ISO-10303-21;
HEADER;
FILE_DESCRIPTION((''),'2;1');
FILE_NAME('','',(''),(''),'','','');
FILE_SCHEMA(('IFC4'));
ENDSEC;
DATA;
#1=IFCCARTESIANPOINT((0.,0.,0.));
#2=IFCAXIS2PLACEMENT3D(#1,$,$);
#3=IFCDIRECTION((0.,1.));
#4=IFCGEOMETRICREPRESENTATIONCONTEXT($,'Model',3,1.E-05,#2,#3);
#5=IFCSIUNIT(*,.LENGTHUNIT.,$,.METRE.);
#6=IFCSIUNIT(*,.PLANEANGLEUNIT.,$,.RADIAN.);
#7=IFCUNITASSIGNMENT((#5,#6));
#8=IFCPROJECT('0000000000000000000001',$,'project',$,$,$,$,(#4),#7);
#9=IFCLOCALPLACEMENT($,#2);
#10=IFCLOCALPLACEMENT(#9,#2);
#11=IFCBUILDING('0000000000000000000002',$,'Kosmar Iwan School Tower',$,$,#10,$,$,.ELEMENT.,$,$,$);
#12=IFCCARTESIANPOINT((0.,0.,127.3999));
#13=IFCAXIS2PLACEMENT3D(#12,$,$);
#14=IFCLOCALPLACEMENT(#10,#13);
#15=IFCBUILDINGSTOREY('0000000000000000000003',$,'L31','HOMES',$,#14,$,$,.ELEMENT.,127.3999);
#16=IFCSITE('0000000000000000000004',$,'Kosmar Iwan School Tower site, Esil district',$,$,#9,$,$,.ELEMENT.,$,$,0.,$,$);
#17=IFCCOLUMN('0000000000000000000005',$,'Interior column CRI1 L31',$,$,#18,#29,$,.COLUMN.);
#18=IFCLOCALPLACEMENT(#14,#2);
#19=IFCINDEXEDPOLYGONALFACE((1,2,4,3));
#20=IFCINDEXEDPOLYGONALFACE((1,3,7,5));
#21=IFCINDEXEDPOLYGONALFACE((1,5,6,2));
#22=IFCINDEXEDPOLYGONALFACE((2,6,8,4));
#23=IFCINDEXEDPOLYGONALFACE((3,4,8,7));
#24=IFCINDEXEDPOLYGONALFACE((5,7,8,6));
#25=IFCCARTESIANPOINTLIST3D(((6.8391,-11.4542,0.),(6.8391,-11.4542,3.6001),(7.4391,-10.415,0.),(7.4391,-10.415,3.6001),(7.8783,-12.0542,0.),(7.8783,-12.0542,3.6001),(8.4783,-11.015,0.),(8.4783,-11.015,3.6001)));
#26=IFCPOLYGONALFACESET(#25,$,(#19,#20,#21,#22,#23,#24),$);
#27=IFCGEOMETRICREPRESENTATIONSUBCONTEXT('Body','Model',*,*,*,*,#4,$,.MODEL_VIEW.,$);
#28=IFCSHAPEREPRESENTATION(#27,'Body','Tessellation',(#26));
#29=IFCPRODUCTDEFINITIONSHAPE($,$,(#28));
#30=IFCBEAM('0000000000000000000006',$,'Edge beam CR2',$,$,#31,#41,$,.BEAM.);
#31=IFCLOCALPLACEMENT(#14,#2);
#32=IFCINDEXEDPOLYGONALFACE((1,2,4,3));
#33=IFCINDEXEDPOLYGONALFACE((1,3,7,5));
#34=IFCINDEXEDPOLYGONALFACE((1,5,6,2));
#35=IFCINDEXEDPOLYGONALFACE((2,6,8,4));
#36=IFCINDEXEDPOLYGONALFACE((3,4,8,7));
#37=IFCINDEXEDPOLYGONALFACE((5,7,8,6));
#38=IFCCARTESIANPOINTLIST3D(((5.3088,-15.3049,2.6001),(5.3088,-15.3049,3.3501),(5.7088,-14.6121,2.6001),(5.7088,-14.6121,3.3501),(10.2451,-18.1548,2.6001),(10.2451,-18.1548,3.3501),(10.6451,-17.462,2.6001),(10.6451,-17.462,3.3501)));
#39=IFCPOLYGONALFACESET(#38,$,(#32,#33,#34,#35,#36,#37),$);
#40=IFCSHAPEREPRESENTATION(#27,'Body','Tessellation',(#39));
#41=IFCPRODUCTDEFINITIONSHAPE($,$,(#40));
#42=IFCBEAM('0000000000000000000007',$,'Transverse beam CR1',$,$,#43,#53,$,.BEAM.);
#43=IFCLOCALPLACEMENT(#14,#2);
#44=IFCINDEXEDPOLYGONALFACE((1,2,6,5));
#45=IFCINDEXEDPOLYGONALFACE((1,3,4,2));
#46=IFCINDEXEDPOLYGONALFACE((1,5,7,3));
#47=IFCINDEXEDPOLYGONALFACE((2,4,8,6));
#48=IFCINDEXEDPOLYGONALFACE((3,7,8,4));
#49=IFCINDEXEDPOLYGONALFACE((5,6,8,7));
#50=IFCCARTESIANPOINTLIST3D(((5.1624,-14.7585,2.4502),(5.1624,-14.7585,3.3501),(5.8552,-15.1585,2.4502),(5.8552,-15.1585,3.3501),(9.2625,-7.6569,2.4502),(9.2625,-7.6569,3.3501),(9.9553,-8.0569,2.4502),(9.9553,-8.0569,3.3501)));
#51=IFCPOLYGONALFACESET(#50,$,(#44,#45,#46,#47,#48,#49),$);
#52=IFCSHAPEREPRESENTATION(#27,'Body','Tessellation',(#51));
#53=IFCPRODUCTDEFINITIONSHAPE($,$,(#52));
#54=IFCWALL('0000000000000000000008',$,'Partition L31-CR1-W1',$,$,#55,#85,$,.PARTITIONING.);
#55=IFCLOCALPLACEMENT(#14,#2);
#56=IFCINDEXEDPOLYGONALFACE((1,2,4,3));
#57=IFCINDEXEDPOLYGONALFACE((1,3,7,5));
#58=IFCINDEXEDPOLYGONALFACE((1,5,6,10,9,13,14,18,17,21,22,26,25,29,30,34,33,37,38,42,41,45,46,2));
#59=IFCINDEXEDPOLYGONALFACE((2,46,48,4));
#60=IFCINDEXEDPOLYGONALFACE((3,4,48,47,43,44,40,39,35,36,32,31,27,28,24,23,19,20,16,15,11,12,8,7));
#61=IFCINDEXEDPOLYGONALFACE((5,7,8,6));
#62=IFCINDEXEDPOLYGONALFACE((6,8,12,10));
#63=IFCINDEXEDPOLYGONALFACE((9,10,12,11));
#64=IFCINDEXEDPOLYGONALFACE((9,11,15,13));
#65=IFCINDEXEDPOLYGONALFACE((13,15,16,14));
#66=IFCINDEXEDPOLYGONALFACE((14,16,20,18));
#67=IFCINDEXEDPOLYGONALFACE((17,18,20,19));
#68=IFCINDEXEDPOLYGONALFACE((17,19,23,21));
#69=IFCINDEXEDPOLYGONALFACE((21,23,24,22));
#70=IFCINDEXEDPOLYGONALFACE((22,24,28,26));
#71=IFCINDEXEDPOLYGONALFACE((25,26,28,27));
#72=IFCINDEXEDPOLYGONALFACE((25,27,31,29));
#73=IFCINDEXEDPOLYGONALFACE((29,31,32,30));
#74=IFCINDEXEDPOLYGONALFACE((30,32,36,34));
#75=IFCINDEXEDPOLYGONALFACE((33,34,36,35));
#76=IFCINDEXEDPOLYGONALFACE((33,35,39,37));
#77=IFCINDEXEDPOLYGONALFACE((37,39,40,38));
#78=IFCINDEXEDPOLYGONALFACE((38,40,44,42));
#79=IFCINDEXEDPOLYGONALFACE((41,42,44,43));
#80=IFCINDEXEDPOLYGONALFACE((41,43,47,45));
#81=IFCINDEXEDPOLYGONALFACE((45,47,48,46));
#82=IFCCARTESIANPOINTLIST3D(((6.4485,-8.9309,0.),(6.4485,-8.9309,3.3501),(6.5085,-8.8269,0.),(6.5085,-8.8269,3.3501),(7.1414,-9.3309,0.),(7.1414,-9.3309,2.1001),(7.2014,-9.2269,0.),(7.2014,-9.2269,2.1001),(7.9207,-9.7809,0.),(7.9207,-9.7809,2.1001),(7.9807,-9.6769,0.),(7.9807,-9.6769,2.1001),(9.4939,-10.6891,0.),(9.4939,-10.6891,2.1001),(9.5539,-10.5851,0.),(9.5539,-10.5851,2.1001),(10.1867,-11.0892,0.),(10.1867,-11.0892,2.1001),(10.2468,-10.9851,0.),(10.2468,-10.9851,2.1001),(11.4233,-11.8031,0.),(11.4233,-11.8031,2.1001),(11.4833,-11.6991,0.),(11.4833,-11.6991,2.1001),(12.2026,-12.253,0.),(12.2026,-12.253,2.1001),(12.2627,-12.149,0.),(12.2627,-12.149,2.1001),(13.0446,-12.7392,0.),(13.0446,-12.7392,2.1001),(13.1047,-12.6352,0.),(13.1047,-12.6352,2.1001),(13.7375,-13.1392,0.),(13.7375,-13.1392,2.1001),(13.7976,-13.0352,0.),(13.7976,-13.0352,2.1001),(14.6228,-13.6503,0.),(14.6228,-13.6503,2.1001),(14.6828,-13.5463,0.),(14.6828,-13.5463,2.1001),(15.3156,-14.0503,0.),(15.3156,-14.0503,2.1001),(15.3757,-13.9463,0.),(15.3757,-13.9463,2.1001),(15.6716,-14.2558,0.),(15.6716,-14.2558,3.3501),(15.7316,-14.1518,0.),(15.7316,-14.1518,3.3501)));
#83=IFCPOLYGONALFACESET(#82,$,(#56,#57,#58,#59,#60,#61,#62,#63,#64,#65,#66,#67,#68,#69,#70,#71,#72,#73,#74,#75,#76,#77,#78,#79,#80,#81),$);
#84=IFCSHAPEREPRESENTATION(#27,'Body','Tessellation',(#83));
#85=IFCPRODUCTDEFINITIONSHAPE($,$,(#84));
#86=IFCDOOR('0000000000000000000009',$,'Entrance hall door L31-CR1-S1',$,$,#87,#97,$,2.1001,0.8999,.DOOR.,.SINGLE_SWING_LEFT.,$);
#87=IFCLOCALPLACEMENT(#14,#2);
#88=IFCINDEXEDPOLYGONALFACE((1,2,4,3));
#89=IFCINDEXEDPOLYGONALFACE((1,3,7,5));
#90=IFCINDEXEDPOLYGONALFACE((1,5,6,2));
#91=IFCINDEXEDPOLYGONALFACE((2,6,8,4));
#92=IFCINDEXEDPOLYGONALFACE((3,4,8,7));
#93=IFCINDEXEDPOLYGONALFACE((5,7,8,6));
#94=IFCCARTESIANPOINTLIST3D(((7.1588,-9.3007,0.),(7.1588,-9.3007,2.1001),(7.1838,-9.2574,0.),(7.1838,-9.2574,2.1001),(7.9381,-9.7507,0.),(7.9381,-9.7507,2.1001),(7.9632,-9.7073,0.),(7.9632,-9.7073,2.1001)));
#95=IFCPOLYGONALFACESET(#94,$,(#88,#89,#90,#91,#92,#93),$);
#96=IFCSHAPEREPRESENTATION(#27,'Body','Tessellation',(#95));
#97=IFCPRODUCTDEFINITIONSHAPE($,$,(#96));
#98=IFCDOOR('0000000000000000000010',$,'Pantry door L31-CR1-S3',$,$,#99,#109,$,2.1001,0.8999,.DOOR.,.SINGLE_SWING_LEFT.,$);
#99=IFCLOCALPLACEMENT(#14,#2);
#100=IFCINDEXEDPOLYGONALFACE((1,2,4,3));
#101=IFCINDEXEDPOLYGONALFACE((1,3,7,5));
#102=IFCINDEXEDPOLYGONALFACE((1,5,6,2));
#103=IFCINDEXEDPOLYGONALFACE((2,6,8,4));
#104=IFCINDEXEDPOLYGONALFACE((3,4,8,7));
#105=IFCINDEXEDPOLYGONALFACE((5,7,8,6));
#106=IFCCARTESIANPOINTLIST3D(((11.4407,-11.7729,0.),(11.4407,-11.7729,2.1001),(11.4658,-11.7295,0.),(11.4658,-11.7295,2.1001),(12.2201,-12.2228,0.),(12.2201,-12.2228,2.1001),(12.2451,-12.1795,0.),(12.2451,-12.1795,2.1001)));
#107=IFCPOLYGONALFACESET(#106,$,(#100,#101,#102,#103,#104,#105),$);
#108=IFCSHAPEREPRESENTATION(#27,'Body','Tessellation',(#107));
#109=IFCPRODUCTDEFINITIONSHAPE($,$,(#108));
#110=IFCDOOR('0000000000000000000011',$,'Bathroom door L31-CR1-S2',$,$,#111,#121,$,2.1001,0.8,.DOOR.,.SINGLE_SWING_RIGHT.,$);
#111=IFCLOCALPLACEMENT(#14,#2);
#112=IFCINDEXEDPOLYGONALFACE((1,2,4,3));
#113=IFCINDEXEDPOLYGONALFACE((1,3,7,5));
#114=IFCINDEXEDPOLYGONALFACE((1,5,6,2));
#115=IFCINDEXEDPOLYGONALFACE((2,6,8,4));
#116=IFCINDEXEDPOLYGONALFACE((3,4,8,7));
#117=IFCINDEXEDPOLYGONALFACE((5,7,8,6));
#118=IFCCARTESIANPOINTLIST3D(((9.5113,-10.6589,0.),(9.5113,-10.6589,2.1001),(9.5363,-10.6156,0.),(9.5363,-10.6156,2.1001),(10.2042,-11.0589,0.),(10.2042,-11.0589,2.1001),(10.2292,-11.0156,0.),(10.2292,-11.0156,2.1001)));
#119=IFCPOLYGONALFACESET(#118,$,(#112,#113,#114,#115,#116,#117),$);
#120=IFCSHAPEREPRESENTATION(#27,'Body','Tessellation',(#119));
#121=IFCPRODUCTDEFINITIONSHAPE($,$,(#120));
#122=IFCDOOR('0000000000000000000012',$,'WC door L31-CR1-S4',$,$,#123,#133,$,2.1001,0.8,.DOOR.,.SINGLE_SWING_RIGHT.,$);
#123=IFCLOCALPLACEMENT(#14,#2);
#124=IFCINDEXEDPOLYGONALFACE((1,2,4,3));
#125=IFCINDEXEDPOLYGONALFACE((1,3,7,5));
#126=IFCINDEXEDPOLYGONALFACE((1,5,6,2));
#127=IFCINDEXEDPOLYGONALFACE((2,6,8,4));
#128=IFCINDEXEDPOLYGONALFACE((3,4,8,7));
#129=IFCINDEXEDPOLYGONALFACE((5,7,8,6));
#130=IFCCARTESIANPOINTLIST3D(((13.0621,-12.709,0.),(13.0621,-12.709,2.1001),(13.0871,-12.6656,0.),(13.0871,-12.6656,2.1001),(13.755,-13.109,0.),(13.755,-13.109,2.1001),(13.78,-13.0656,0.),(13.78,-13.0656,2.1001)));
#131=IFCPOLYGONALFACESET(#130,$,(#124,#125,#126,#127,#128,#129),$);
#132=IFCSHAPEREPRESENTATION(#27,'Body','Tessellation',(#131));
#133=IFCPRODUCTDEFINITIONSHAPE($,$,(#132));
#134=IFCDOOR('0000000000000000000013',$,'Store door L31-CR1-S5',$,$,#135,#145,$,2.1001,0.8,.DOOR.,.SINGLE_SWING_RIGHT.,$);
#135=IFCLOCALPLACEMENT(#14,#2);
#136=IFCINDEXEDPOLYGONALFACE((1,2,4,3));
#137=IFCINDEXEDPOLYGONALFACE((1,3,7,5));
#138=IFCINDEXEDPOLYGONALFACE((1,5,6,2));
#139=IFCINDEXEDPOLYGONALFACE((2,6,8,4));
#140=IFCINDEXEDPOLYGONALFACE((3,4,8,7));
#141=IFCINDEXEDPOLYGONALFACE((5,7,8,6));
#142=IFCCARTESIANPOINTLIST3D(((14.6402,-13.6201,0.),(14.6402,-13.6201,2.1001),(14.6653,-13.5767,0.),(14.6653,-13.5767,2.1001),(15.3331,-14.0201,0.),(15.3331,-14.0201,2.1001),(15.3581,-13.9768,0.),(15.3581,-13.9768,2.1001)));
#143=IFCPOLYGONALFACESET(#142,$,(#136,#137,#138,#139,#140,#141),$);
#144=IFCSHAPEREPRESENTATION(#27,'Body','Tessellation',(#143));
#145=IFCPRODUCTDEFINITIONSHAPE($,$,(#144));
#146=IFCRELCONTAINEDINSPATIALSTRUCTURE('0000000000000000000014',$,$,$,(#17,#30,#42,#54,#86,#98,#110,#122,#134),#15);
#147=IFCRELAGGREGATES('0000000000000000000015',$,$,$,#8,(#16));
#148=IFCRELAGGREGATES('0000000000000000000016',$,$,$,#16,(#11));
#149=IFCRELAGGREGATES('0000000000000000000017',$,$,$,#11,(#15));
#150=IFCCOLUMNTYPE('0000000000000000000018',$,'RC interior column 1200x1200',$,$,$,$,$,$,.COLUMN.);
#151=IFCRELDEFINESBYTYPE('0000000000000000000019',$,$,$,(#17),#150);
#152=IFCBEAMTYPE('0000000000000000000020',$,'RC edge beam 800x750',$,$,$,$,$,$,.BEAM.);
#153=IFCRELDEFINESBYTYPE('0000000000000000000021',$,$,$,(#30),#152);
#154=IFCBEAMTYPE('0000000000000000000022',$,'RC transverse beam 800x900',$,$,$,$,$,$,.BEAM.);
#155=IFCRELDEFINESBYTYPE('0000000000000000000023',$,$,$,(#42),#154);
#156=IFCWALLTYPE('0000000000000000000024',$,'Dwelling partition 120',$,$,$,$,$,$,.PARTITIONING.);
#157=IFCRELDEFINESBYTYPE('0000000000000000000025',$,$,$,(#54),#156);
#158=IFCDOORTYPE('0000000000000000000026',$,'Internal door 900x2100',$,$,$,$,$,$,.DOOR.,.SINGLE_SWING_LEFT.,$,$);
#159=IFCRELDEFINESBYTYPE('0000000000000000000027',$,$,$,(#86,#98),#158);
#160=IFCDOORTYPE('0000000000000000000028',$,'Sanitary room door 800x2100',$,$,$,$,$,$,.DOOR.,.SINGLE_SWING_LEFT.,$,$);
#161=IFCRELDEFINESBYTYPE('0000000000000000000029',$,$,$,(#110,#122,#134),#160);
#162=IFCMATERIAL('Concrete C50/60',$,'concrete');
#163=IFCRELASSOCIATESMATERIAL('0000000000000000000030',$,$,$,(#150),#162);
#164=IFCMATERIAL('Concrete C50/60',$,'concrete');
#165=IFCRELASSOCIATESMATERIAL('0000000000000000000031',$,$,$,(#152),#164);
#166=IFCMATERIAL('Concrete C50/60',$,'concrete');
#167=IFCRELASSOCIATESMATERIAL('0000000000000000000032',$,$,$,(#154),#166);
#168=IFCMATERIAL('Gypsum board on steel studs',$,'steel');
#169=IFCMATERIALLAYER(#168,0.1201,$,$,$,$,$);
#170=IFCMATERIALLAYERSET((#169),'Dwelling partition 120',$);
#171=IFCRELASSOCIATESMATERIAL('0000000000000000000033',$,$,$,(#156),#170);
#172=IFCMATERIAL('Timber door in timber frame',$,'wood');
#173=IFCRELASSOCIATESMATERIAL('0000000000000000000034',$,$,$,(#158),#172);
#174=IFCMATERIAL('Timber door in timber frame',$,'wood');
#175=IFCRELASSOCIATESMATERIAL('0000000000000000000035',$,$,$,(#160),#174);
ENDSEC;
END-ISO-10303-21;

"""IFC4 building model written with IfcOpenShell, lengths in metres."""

from ifc_helpers import new_model, si_unit, direction, frame, frame_2d, origin, origin_2d, place, context, subcontext, project, spatial, rectangle, extrude, material, layer, layer_set, material_profile, profile_set, type_object, element, fill, save


model = new_model("IFC4")

# Units and contexts
model_context = context("Model", 3, precision=1e-05, world=origin(), true_north=direction((0.0, 1.0)))
body_context = subcontext(model_context, "Body", "Model", "MODEL_VIEW")
ifc_project = project(units=[si_unit("LENGTHUNIT", "METRE"), si_unit("PLANEANGLEUNIT", "RADIAN")], contexts=[model_context])

# Site, building, storey
site_placement = place(None, origin())
site = spatial("IfcSite", under=ifc_project, at=site_placement, Name="Kosmar Iwan School Tower site, Esil district", CompositionType="ELEMENT", RefElevation=0.0)
building_placement = place(site_placement, origin())
building = spatial("IfcBuilding", under=site, at=building_placement, Name="Kosmar Iwan School Tower", CompositionType="ELEMENT")
storey_placement = place(building_placement, frame((0.0, 0.0, 127.3999)))
storey = spatial("IfcBuildingStorey", under=building, at=storey_placement, Name="L31", Description="HOMES", CompositionType="ELEMENT", Elevation=127.3999)

# Column
ifc_material_1 = material(Name="Concrete C50/60", Category="concrete")
ifc_material_profile_1 = material_profile(ifc_material_1, rectangle(XDim=1.2, YDim=1.2, at=origin_2d()), Name="RC 1200x1200")
ifc_profile_set_1 = profile_set([ifc_material_profile_1], Name="Concrete C50/60")
column_type = type_object("IfcColumnType", Name="RC interior column 1200x1200", PredefinedType="COLUMN", material=ifc_profile_set_1)
column_placement = place(storey_placement, frame((7.6587, -11.2346, 0.0), z_axis=(0.0, 0.0, 1.0), x_axis=(0.866025, -0.5, 0.0)))
element("IfcColumn", 1, at=column_placement, inside=storey, type_object=column_type, Name="Interior column CRI1 L31", PredefinedType="COLUMN", context=body_context, shape_type="SweptSolid", body=[
    extrude(rectangle(XDim=1.2, YDim=1.2, at=origin_2d()), origin(), (0.0, 0.0, 1.0), 3.6001),
])

# Beams
ifc_material_2 = material(Name="Concrete C50/60", Category="concrete")
ifc_material_profile_2 = material_profile(ifc_material_2, rectangle(XDim=0.8, YDim=0.75, at=origin_2d()), Name="RC 800x750")
ifc_profile_set_2 = profile_set([ifc_material_profile_2], Name="Concrete C50/60")
beam_type_1 = type_object("IfcBeamType", Name="RC edge beam 800x750", PredefinedType="BEAM", material=ifc_profile_set_2)
beam_1_placement = place(storey_placement, frame((5.5088, -14.9585, 2.9751), z_axis=(0.866034, -0.499986, 0.0), x_axis=(0.499986, 0.866034, 0.0)))
element("IfcBeam", 2, at=beam_1_placement, inside=storey, type_object=beam_type_1, Name="Edge beam CR2", PredefinedType="BEAM", context=body_context, shape_type="SweptSolid", body=[
    extrude(rectangle(XDim=0.8, YDim=0.75, at=origin_2d()), origin(), (0.0, 0.0, 1.0), 5.7),
])
ifc_material_3 = material(Name="Concrete C50/60", Category="concrete")
ifc_material_profile_3 = material_profile(ifc_material_3, rectangle(XDim=0.8, YDim=0.8999, at=origin_2d()), Name="RC 800x900")
ifc_profile_set_3 = profile_set([ifc_material_profile_3], Name="Concrete C50/60")
beam_type_2 = type_object("IfcBeamType", Name="RC transverse beam 800x900", PredefinedType="BEAM", material=ifc_profile_set_3)
beam_2_placement = place(storey_placement, frame((5.5088, -14.9585, 2.9001), z_axis=(0.500001, 0.866025, 0.0), x_axis=(-0.866025, 0.500001, 0.0)))
element("IfcBeam", 3, at=beam_2_placement, inside=storey, type_object=beam_type_2, Name="Transverse beam CR1", PredefinedType="BEAM", context=body_context, shape_type="SweptSolid", body=[
    extrude(rectangle(XDim=0.8, YDim=0.8999, at=origin_2d()), origin(), (0.0, 0.0, 1.0), 8.2002),
])

# Wall, openings, doors
ifc_material_4 = material(Name="Gypsum board on steel studs", Category="steel")
ifc_layer = layer(ifc_material_4, 0.1201)
ifc_layer_set = layer_set([ifc_layer], Name="Dwelling partition 120")
wall_type = type_object("IfcWallType", Name="Dwelling partition 120", PredefinedType="PARTITIONING", material=ifc_layer_set)
wall_1_placement = place(storey_placement, frame((6.4785, -8.8789, 0.0), z_axis=(0.0, 0.0, 1.0), x_axis=(0.866027, -0.499998, 0.0)))
wall_1 = element("IfcWall", 4, at=wall_1_placement, inside=storey, type_object=wall_type, Name="Partition L31-CR1-W1", PredefinedType="PARTITIONING", context=body_context, shape_type="SweptSolid", body=[
    extrude(rectangle(XDim=10.6499, YDim=0.1201, at=frame_2d((5.325, 0.0))), origin(), (0.0, 0.0, 1.0), 3.3501),
])
opening_1_placement = place(wall_1_placement, frame((0.8, 0.0, 0.0)))
opening_1 = element("IfcOpeningElement", 5, at=opening_1_placement, cuts=wall_1, PredefinedType="OPENING", context=body_context, shape_type="SweptSolid", body=[
    extrude(rectangle(XDim=0.8999, YDim=2.1001, at=frame_2d((0.45, 1.05))), frame((0.0, 0.072, 0.0), z_axis=(0.0, -1.0, 0.0), x_axis=(1.0, 0.0, 0.0)), (0.0, 0.0, 1.0), 0.144),
])
opening_2_placement = place(wall_1_placement, frame((3.5166, 0.0, 0.0)))
opening_2 = element("IfcOpeningElement", 6, at=opening_2_placement, cuts=wall_1, PredefinedType="OPENING", context=body_context, shape_type="SweptSolid", body=[
    extrude(rectangle(XDim=0.8, YDim=2.1001, at=frame_2d((0.3999, 1.05))), frame((0.0, 0.072, 0.0), z_axis=(0.0, -1.0, 0.0), x_axis=(1.0, 0.0, 0.0)), (0.0, 0.0, 1.0), 0.144),
])
opening_3_placement = place(wall_1_placement, frame((5.7444, 0.0, 0.0)))
opening_3 = element("IfcOpeningElement", 7, at=opening_3_placement, cuts=wall_1, PredefinedType="OPENING", context=body_context, shape_type="SweptSolid", body=[
    extrude(rectangle(XDim=0.8999, YDim=2.1001, at=frame_2d((0.45, 1.05))), frame((0.0, 0.072, 0.0), z_axis=(0.0, -1.0, 0.0), x_axis=(1.0, 0.0, 0.0)), (0.0, 0.0, 1.0), 0.144),
])
opening_4_placement = place(wall_1_placement, frame((7.6167, 0.0, 0.0)))
opening_4 = element("IfcOpeningElement", 8, at=opening_4_placement, cuts=wall_1, PredefinedType="OPENING", context=body_context, shape_type="SweptSolid", body=[
    extrude(rectangle(XDim=0.8, YDim=2.1001, at=frame_2d((0.3999, 1.05))), frame((0.0, 0.072, 0.0), z_axis=(0.0, -1.0, 0.0), x_axis=(1.0, 0.0, 0.0)), (0.0, 0.0, 1.0), 0.144),
])
opening_5_placement = place(wall_1_placement, frame((9.439, 0.0, 0.0)))
opening_5 = element("IfcOpeningElement", 9, at=opening_5_placement, cuts=wall_1, PredefinedType="OPENING", context=body_context, shape_type="SweptSolid", body=[
    extrude(rectangle(XDim=0.8, YDim=2.1001, at=frame_2d((0.3999, 1.05))), frame((0.0, 0.072, 0.0), z_axis=(0.0, -1.0, 0.0), x_axis=(1.0, 0.0, 0.0)), (0.0, 0.0, 1.0), 0.144),
])
ifc_material_5 = material(Name="Timber door in timber frame", Category="wood")
door_type_1 = type_object("IfcDoorType", Name="Internal door 900x2100", OperationType="SINGLE_SWING_LEFT", PredefinedType="DOOR", material=ifc_material_5)
door_1_placement = place(opening_1_placement, origin())
door_1 = element("IfcDoor", 10, at=door_1_placement, inside=storey, type_object=door_type_1, Name="Entrance hall door L31-CR1-S1", OperationType="SINGLE_SWING_LEFT", OverallHeight=2.1001, OverallWidth=0.8999, PredefinedType="DOOR", context=body_context, shape_type="SweptSolid", body=[
    extrude(rectangle(XDim=0.8999, YDim=2.1001, at=frame_2d((0.45, 1.05))), frame((0.0, 0.0249, 0.0), z_axis=(0.0, -1.0, 0.0), x_axis=(1.0, 0.0, 0.0)), (0.0, 0.0, 1.0), 0.05),
])
fill(opening_1, door_1)
door_2_placement = place(opening_3_placement, origin())
door_2 = element("IfcDoor", 11, at=door_2_placement, inside=storey, type_object=door_type_1, Name="Pantry door L31-CR1-S3", OperationType="SINGLE_SWING_LEFT", OverallHeight=2.1001, OverallWidth=0.8999, PredefinedType="DOOR", context=body_context, shape_type="SweptSolid", body=[
    extrude(rectangle(XDim=0.8999, YDim=2.1001, at=frame_2d((0.45, 1.05))), frame((0.0, 0.0249, 0.0), z_axis=(0.0, -1.0, 0.0), x_axis=(1.0, 0.0, 0.0)), (0.0, 0.0, 1.0), 0.05),
])
fill(opening_3, door_2)
ifc_material_6 = material(Name="Timber door in timber frame", Category="wood")
door_type_2 = type_object("IfcDoorType", Name="Sanitary room door 800x2100", OperationType="SINGLE_SWING_LEFT", PredefinedType="DOOR", material=ifc_material_6)
door_3_placement = place(opening_2_placement, origin())
door_3 = element("IfcDoor", 12, at=door_3_placement, inside=storey, type_object=door_type_2, Name="Bathroom door L31-CR1-S2", OperationType="SINGLE_SWING_RIGHT", OverallHeight=2.1001, OverallWidth=0.8, PredefinedType="DOOR", context=body_context, shape_type="SweptSolid", body=[
    extrude(rectangle(XDim=0.8, YDim=2.1001, at=frame_2d((0.3999, 1.05))), frame((0.0, 0.0249, 0.0), z_axis=(0.0, -1.0, 0.0), x_axis=(1.0, 0.0, 0.0)), (0.0, 0.0, 1.0), 0.05),
])
fill(opening_2, door_3)
door_4_placement = place(opening_4_placement, origin())
door_4 = element("IfcDoor", 13, at=door_4_placement, inside=storey, type_object=door_type_2, Name="WC door L31-CR1-S4", OperationType="SINGLE_SWING_RIGHT", OverallHeight=2.1001, OverallWidth=0.8, PredefinedType="DOOR", context=body_context, shape_type="SweptSolid", body=[
    extrude(rectangle(XDim=0.8, YDim=2.1001, at=frame_2d((0.3999, 1.05))), frame((0.0, 0.0249, 0.0), z_axis=(0.0, -1.0, 0.0), x_axis=(1.0, 0.0, 0.0)), (0.0, 0.0, 1.0), 0.05),
])
fill(opening_4, door_4)
door_5_placement = place(opening_5_placement, origin())
door_5 = element("IfcDoor", 14, at=door_5_placement, inside=storey, type_object=door_type_2, Name="Store door L31-CR1-S5", OperationType="SINGLE_SWING_RIGHT", OverallHeight=2.1001, OverallWidth=0.8, PredefinedType="DOOR", context=body_context, shape_type="SweptSolid", body=[
    extrude(rectangle(XDim=0.8, YDim=2.1001, at=frame_2d((0.3999, 1.05))), frame((0.0, 0.0249, 0.0), z_axis=(0.0, -1.0, 0.0), x_axis=(1.0, 0.0, 0.0)), (0.0, 0.0, 1.0), 0.05),
])
fill(opening_5, door_5)

save(model, "model.ifc")
